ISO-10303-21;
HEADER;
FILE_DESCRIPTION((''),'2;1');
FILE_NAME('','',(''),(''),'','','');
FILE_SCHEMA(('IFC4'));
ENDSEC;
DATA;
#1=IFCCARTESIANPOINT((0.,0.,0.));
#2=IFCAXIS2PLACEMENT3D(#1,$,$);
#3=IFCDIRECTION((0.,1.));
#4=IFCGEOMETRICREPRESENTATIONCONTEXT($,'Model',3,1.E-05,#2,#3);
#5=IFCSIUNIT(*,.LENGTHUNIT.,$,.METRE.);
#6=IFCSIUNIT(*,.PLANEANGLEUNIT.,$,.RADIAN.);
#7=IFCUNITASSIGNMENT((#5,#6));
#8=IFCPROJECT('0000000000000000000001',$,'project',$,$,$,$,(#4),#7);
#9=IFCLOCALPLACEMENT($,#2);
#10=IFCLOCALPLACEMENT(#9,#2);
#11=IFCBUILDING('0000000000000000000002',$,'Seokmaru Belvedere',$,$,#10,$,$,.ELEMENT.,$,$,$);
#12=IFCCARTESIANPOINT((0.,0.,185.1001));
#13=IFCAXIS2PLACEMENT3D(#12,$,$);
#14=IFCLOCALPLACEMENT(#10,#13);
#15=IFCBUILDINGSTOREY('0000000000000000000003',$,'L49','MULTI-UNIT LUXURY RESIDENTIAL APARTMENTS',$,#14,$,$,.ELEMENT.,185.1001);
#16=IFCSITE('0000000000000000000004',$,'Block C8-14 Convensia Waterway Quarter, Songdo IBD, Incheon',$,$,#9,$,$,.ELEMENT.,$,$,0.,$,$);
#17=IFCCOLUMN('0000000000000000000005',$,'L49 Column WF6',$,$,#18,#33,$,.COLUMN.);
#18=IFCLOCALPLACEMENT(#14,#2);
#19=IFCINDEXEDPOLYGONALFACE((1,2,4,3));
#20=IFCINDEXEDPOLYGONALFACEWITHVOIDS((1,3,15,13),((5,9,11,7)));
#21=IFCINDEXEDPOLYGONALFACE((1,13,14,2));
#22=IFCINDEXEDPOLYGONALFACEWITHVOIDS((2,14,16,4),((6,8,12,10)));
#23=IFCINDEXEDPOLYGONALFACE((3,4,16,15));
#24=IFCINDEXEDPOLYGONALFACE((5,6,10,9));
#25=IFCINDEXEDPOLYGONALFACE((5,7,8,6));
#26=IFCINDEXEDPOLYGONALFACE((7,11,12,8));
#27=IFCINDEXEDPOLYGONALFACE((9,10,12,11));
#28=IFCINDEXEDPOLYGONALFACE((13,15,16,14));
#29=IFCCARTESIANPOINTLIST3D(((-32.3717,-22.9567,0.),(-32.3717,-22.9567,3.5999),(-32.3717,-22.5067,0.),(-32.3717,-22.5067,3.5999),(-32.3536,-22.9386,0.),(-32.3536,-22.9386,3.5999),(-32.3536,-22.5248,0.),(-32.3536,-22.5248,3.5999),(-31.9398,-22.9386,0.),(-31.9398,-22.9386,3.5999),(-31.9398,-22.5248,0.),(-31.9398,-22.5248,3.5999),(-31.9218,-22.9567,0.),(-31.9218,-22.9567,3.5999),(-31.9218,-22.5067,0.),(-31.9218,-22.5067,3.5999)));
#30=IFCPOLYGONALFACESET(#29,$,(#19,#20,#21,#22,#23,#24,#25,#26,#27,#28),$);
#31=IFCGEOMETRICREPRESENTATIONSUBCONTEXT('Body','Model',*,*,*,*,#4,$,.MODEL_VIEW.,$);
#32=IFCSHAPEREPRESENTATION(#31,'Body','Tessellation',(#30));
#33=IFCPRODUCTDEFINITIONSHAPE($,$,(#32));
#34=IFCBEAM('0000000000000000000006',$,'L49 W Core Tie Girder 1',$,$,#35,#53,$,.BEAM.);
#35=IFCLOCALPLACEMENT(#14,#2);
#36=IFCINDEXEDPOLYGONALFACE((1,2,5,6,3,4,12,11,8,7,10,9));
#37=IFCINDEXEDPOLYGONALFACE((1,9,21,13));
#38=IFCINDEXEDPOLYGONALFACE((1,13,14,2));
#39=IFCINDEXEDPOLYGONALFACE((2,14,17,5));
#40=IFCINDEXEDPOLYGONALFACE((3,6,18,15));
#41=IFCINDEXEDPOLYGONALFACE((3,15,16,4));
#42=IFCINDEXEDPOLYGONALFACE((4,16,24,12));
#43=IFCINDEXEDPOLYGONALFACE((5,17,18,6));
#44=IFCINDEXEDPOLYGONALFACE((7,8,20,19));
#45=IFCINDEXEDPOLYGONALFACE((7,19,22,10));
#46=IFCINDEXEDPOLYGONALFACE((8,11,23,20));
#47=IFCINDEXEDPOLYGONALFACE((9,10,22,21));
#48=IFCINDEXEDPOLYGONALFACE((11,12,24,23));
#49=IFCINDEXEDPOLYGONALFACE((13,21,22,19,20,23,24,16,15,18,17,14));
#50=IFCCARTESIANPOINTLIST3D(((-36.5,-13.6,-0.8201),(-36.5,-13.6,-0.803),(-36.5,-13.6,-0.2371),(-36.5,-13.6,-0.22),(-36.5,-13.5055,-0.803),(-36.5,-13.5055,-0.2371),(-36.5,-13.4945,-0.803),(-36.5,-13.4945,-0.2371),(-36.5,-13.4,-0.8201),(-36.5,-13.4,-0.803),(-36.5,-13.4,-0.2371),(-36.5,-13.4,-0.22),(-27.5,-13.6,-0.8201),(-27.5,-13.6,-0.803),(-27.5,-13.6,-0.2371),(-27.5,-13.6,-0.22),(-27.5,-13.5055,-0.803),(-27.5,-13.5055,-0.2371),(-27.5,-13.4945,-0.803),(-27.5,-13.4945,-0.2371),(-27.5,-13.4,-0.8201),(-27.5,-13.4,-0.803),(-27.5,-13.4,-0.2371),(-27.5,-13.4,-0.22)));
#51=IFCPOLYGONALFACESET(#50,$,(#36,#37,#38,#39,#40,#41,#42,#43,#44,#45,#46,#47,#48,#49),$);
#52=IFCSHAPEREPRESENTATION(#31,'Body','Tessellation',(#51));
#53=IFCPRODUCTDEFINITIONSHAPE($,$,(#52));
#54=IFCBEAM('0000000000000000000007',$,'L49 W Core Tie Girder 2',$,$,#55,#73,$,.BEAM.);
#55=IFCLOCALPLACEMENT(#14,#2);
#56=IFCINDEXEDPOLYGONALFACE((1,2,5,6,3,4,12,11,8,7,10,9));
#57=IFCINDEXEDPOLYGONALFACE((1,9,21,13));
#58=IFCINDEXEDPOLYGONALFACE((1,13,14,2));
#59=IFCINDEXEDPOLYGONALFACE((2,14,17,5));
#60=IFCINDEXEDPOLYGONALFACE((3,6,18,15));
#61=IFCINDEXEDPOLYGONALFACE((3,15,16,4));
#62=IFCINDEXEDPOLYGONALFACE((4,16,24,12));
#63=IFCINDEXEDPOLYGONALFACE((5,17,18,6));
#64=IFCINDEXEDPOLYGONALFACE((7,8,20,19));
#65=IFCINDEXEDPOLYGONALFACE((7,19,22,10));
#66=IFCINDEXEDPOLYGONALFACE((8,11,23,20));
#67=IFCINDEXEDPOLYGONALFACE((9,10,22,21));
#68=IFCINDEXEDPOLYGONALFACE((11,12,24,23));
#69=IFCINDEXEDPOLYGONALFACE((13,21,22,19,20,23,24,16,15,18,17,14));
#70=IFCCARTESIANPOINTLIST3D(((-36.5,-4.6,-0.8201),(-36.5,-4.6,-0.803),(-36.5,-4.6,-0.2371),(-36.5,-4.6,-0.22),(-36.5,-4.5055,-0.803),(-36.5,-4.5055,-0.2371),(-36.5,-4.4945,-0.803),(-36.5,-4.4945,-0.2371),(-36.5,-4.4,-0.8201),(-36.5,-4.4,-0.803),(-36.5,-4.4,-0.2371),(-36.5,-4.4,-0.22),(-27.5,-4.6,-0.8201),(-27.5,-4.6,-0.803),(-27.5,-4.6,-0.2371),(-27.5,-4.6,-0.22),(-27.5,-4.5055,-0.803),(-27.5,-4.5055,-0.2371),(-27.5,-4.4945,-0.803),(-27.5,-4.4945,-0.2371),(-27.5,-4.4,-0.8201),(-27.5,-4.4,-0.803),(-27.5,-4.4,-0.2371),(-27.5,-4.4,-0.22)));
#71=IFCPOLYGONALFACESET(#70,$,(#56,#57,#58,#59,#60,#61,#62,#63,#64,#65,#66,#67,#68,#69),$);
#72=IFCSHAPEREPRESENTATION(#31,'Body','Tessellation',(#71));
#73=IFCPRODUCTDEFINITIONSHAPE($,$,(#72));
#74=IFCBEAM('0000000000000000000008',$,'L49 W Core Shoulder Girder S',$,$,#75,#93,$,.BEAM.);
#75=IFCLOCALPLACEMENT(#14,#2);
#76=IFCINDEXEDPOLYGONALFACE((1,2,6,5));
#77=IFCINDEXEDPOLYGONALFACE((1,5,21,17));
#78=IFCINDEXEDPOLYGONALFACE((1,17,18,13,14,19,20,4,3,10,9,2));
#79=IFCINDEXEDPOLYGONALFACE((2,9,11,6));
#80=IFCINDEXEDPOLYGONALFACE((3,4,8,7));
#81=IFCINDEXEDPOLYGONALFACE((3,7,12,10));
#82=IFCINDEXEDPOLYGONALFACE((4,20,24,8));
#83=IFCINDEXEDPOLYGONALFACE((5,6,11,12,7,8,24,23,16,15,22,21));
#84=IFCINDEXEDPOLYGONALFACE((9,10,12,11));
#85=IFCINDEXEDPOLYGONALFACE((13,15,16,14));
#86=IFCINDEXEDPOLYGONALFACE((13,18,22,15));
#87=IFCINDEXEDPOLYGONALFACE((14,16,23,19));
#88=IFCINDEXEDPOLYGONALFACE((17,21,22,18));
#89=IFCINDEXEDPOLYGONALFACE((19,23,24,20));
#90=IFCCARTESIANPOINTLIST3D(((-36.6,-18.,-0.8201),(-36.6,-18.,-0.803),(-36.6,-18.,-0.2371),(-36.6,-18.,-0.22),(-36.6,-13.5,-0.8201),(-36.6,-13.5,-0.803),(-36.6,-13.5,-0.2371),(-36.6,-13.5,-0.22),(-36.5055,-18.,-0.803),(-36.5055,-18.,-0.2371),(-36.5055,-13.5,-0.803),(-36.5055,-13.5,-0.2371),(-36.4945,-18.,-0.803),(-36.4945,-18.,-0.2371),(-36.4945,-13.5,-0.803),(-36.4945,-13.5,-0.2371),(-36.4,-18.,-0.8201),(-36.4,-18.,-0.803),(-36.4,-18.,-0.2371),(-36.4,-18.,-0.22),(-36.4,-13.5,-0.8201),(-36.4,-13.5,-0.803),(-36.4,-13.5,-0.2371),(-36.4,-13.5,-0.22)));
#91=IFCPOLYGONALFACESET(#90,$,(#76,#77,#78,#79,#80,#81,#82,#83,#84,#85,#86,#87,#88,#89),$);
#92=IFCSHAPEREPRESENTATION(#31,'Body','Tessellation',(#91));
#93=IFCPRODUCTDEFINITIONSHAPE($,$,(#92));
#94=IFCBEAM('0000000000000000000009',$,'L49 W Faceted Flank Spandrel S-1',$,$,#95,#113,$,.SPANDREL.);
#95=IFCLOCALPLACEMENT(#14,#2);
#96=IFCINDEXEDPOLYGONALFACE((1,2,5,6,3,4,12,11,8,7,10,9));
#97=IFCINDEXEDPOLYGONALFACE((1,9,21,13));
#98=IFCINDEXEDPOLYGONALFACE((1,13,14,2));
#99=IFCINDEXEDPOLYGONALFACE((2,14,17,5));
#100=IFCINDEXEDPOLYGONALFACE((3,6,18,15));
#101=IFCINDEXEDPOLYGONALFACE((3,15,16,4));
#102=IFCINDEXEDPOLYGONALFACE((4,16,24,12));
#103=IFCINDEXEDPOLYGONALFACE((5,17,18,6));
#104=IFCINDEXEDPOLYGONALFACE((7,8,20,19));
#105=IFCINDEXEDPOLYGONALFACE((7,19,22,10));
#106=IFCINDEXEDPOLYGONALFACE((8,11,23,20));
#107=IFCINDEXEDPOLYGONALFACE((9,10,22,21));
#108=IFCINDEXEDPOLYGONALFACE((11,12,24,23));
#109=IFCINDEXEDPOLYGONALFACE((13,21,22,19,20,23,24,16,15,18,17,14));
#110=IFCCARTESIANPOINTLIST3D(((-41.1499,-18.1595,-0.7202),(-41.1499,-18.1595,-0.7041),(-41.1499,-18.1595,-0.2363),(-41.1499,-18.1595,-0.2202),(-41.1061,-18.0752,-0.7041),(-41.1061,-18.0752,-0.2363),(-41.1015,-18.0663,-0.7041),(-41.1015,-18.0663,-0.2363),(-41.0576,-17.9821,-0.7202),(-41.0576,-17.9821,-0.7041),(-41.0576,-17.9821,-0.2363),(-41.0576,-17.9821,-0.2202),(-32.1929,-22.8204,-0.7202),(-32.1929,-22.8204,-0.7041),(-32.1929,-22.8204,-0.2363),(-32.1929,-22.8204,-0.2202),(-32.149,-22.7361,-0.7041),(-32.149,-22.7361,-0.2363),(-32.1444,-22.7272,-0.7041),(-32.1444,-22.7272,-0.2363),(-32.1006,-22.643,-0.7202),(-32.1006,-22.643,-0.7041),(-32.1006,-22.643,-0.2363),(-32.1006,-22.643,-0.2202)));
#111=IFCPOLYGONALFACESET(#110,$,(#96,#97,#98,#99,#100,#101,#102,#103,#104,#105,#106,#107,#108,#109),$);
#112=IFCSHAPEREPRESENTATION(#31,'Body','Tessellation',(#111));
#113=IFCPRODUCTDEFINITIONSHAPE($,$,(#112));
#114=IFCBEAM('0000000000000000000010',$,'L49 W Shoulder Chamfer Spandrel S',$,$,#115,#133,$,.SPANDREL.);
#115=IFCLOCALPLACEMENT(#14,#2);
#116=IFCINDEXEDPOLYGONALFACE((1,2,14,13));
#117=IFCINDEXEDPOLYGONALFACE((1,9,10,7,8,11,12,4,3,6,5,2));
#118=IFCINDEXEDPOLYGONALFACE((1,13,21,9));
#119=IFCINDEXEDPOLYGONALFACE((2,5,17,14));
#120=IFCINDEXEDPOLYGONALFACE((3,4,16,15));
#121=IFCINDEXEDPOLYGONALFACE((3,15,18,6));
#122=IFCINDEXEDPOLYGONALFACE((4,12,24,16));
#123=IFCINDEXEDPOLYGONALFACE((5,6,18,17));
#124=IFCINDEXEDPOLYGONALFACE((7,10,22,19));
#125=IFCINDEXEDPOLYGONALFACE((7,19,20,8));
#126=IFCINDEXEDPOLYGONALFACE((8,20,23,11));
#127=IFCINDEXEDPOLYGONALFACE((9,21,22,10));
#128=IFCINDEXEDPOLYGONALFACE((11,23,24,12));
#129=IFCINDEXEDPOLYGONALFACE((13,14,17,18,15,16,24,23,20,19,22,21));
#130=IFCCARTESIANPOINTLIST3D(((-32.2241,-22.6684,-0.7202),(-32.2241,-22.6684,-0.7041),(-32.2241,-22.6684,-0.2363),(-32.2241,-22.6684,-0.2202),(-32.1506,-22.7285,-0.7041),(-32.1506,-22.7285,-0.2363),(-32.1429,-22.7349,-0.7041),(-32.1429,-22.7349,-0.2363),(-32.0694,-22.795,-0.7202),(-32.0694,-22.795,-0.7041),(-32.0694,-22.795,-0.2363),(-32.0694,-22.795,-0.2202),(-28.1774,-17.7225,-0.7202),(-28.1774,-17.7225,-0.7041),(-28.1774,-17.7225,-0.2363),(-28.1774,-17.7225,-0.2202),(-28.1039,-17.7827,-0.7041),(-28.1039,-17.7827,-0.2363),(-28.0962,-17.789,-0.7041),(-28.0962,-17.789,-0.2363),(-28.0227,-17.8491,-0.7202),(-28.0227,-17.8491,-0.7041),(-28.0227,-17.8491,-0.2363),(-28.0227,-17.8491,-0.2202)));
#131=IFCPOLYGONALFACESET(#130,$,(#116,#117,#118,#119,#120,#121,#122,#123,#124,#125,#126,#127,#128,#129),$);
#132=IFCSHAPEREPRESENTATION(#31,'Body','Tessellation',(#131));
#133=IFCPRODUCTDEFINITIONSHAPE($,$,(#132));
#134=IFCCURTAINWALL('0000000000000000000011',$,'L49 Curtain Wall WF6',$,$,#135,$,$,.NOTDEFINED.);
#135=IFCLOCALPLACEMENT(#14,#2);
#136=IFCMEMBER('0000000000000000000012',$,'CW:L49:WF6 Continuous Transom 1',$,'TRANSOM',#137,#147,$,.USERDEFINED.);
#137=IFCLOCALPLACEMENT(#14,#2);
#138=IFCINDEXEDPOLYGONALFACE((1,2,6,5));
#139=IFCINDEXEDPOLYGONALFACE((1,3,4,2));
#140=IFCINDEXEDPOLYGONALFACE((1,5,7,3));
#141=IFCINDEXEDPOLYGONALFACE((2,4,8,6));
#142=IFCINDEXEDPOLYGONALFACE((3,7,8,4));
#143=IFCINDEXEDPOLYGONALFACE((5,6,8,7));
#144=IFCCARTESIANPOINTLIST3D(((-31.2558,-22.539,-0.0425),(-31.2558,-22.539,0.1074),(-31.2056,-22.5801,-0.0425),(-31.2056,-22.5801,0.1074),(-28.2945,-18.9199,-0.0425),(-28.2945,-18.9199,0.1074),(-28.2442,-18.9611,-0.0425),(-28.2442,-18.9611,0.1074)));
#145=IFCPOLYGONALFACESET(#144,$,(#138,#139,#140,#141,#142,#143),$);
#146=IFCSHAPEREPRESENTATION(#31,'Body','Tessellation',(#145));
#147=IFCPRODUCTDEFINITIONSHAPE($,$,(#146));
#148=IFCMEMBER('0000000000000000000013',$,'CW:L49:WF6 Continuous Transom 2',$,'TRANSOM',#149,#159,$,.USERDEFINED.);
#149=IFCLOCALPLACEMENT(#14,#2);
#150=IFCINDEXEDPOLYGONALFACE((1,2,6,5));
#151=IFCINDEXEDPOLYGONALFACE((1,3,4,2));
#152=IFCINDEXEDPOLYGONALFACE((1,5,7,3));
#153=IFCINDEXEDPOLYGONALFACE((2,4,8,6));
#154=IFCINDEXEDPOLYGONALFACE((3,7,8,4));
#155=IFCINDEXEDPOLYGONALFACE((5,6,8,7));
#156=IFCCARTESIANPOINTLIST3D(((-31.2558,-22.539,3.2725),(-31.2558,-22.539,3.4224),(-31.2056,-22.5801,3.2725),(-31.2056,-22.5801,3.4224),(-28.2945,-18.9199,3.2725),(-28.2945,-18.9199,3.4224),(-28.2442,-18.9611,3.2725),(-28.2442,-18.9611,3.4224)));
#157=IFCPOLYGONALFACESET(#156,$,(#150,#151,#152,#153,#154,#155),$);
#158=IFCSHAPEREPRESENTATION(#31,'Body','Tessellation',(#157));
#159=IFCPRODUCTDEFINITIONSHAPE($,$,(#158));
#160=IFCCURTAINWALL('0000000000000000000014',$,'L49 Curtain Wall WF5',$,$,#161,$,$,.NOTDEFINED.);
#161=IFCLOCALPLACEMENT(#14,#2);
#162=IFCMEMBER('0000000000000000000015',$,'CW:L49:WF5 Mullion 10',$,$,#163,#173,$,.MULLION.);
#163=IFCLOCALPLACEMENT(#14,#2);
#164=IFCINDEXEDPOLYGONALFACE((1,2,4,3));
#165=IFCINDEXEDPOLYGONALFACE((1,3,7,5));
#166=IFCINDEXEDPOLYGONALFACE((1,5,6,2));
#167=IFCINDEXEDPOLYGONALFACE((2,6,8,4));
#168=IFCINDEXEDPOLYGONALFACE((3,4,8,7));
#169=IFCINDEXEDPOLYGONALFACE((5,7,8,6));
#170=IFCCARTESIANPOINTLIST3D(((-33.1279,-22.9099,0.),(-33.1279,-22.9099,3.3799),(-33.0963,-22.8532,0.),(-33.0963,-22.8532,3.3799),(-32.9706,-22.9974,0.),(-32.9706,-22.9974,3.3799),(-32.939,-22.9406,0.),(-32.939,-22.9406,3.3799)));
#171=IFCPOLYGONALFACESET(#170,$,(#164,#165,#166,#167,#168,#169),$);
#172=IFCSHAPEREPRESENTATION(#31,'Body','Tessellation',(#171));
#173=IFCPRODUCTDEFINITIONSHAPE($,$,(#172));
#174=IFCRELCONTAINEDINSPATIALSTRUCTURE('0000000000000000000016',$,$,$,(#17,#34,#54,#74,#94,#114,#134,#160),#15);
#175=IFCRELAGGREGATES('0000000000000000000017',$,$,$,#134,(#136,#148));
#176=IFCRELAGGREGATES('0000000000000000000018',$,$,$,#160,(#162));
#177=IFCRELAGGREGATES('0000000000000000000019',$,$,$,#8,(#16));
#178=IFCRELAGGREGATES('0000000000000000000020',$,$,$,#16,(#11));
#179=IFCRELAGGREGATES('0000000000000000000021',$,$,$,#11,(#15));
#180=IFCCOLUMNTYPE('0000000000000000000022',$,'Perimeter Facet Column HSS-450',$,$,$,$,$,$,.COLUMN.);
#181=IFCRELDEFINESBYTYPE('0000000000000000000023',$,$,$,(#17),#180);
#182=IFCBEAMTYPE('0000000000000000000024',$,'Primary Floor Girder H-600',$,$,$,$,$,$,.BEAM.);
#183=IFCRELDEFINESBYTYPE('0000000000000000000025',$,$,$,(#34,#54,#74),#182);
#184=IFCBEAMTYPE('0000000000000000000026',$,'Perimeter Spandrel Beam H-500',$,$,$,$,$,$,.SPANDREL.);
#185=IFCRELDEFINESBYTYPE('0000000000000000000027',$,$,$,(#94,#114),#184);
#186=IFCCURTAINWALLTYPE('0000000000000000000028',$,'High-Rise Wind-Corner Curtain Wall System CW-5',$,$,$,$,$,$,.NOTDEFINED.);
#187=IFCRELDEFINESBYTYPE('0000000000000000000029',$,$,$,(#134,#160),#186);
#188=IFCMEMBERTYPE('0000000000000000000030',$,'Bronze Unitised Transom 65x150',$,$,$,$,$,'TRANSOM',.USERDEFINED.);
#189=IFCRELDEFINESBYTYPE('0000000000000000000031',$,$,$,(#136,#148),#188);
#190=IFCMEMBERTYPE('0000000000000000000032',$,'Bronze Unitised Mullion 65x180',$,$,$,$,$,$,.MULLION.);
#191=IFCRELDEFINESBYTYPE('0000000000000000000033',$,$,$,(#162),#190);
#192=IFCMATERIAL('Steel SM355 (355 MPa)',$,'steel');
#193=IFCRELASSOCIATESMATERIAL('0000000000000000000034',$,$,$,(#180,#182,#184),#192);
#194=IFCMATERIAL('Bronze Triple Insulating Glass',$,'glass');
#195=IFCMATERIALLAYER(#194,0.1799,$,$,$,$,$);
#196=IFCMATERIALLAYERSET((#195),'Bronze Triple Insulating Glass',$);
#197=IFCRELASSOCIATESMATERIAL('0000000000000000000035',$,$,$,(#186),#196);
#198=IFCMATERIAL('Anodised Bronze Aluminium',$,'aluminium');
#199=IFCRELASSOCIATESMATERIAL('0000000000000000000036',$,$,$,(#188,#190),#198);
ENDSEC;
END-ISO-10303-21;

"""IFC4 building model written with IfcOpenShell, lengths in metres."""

from ifc_helpers import new_model, si_unit, direction, frame, origin, origin_2d, place, context, subcontext, project, spatial, rectangle, hollow_rectangle, i_section, extrude, source, transform, mapped, material, layer, layer_set, material_profile, profile_set, type_object, type_shapes, element, aggregate, save


model = new_model("IFC4")

# Units and contexts
model_context = context("Model", 3, precision=1e-05, world=origin(), true_north=direction((0.0, 1.0)))
body_context = subcontext(model_context, "Body", "Model", "MODEL_VIEW")
ifc_project = project(units=[si_unit("LENGTHUNIT", "METRE"), si_unit("PLANEANGLEUNIT", "RADIAN")], contexts=[model_context])

# Site, building, storey
site_placement = place(None, origin())
site = spatial("IfcSite", under=ifc_project, at=site_placement, Name="Block C8-14 Convensia Waterway Quarter, Songdo IBD, Incheon", CompositionType="ELEMENT", RefElevation=0.0)
building_placement = place(site_placement, origin())
building = spatial("IfcBuilding", under=site, at=building_placement, Name="Seokmaru Belvedere", CompositionType="ELEMENT")
storey_placement = place(building_placement, frame((0.0, 0.0, 185.1001)))
storey = spatial("IfcBuildingStorey", under=building, at=storey_placement, Name="L49", Description="MULTI-UNIT LUXURY RESIDENTIAL APARTMENTS", CompositionType="ELEMENT", Elevation=185.1001)

# Column
ifc_material_1 = material(Name="Steel SM355 (355 MPa)", Category="steel")
ifc_material_profile_1 = material_profile(ifc_material_1, hollow_rectangle(XDim=0.45, YDim=0.45, WallThickness=0.0181, at=origin_2d()), Name="HSS-450x450x18")
ifc_profile_set_1 = profile_set([ifc_material_profile_1], Name="Steel SM355 (355 MPa)")
column_type = type_object("IfcColumnType", Name="Perimeter Facet Column HSS-450", PredefinedType="COLUMN", material=ifc_profile_set_1)
shared_shape_1 = source(origin(), body_context, "Body", "SweptSolid", [
    extrude(hollow_rectangle(XDim=0.45, YDim=0.45, WallThickness=0.0181, at=origin_2d()), origin(), (0.0, 0.0, 1.0), 3.5999),
])
type_shapes(column_type, [shared_shape_1])
column_placement = place(storey_placement, frame((-32.1467, -22.7317, 0.0), z_axis=(0.0, 0.0, 1.0), x_axis=(1.0, 0.0, 0.0)))
element("IfcColumn", 1, at=column_placement, inside=storey, type_object=column_type, Name="L49 Column WF6", PredefinedType="COLUMN", context=body_context, shape_type="MappedRepresentation", body=[
    mapped(shared_shape_1, transform((0.0, 0.0, 0.0), scale=1.0)),
])

# Beams
ifc_material_profile_2 = material_profile(ifc_material_1, i_section(OverallWidth=0.2, OverallDepth=0.6001, WebThickness=0.011, FlangeThickness=0.0171, at=origin_2d()), Name="H-600x200x11x17")
ifc_profile_set_2 = profile_set([ifc_material_profile_2], Name="Steel SM355 (355 MPa)")
beam_type_1 = type_object("IfcBeamType", Name="Primary Floor Girder H-600", PredefinedType="BEAM", material=ifc_profile_set_2)
shared_shape_2 = source(origin(), body_context, "Body", "SweptSolid", [
    extrude(i_section(OverallWidth=0.2, OverallDepth=0.6001, WebThickness=0.011, FlangeThickness=0.0171, at=origin_2d()), origin(), (0.0, 0.0, 1.0), 9.0),
])
for number, where, z_axis, x_axis, name in (
    (2, (-36.5, -13.5, -0.52), (1.0, 0.0, 0.0), (0.0, 1.0, 0.0), "L49 W Core Tie Girder 1"),
    (3, (-36.5, -4.5, -0.52), (1.0, 0.0, 0.0), (0.0, 1.0, 0.0), "L49 W Core Tie Girder 2"),
):
    element("IfcBeam", number, at=place(storey_placement, frame(where, z_axis=z_axis, x_axis=x_axis)), inside=storey, type_object=beam_type_1, Name=name, PredefinedType="BEAM", context=body_context, shape_type="MappedRepresentation", body=[
        mapped(shared_shape_2, transform((0.0, 0.0, 0.0), scale=1.0)),
    ])
shared_shape_3 = source(origin(), body_context, "Body", "SweptSolid", [
    extrude(i_section(OverallWidth=0.2, OverallDepth=0.6001, WebThickness=0.011, FlangeThickness=0.0171, at=origin_2d()), origin(), (0.0, 0.0, 1.0), 4.5),
])
type_shapes(beam_type_1, [shared_shape_2, shared_shape_3])
beam_1_placement = place(storey_placement, frame((-36.5, -18.0, -0.52), z_axis=(0.0, 1.0, 0.0), x_axis=(-1.0, 0.0, 0.0)))
element("IfcBeam", 4, at=beam_1_placement, inside=storey, type_object=beam_type_1, Name="L49 W Core Shoulder Girder S", PredefinedType="BEAM", context=body_context, shape_type="MappedRepresentation", body=[
    mapped(shared_shape_3, transform((0.0, 0.0, 0.0), scale=1.0)),
])
ifc_material_profile_3 = material_profile(ifc_material_1, i_section(OverallWidth=0.2, OverallDepth=0.5, WebThickness=0.01, FlangeThickness=0.0161, at=origin_2d()), Name="H-500x200x10x16")
ifc_profile_set_3 = profile_set([ifc_material_profile_3], Name="Steel SM355 (355 MPa)")
beam_type_2 = type_object("IfcBeamType", Name="Perimeter Spandrel Beam H-500", PredefinedType="SPANDREL", material=ifc_profile_set_3)
shared_shape_4 = source(origin(), body_context, "Body", "SweptSolid", [
    extrude(i_section(OverallWidth=0.2, OverallDepth=0.5, WebThickness=0.01, FlangeThickness=0.0161, at=origin_2d()), origin(), (0.0, 0.0, 1.0), 10.0972),
])
beam_2_placement = place(storey_placement, frame((-32.1467, -22.7317, -0.4702), z_axis=(-0.887086, 0.461605, 0.0), x_axis=(-0.461605, -0.887086, 0.0)))
element("IfcBeam", 5, at=beam_2_placement, inside=storey, type_object=beam_type_2, Name="L49 W Faceted Flank Spandrel S-1", PredefinedType="SPANDREL", context=body_context, shape_type="MappedRepresentation", body=[
    mapped(shared_shape_4, transform((0.0, 0.0, 0.0), scale=1.0)),
])
shared_shape_5 = source(origin(), body_context, "Body", "SweptSolid", [
    extrude(i_section(OverallWidth=0.2, OverallDepth=0.5, WebThickness=0.01, FlangeThickness=0.0161, at=origin_2d()), origin(), (0.0, 0.0, 1.0), 6.3904),
])
type_shapes(beam_type_2, [shared_shape_4, shared_shape_5])
beam_3_placement = place(storey_placement, frame((-32.1467, -22.7317, -0.4702), z_axis=(0.633244, 0.773952, 0.0), x_axis=(-0.773952, 0.633244, 0.0)))
element("IfcBeam", 6, at=beam_3_placement, inside=storey, type_object=beam_type_2, Name="L49 W Shoulder Chamfer Spandrel S", PredefinedType="SPANDREL", context=body_context, shape_type="MappedRepresentation", body=[
    mapped(shared_shape_5, transform((0.0, 0.0, 0.0), scale=1.0)),
])

# Curtain wall, members
ifc_material_2 = material(Name="Bronze Triple Insulating Glass", Category="glass")
ifc_layer_1 = layer(ifc_material_2, 0.1799)
ifc_layer_set_1 = layer_set([ifc_layer_1], Name="Bronze Triple Insulating Glass")
curtain_wall_type = type_object("IfcCurtainWallType", Name="High-Rise Wind-Corner Curtain Wall System CW-5", PredefinedType="NOTDEFINED", material=ifc_layer_set_1)
curtain_wall_1_placement = place(storey_placement, origin())
curtain_wall_1 = element("IfcCurtainWall", 7, at=curtain_wall_1_placement, inside=storey, type_object=curtain_wall_type, Name="L49 Curtain Wall WF6", PredefinedType="NOTDEFINED")
ifc_material_3 = material(Name="Anodised Bronze Aluminium", Category="aluminium")
ifc_material_profile_4 = material_profile(ifc_material_3, rectangle(XDim=0.0649, YDim=0.1499, at=origin_2d()), Name="CW-T-65x150")
ifc_profile_set_4 = profile_set([ifc_material_profile_4], Name="Anodised Bronze Aluminium")
member_type_1 = type_object("IfcMemberType", Name="Bronze Unitised Transom 65x150", ElementType="TRANSOM", PredefinedType="USERDEFINED", material=ifc_profile_set_4)
shared_shape_6 = source(origin(), body_context, "Body", "SweptSolid", [
    extrude(rectangle(XDim=0.0649, YDim=0.1499, at=origin_2d()), origin(), (0.0, 0.0, 1.0), 4.6763),
])
type_shapes(member_type_1, [shared_shape_6])
member_1_placement = place(storey_placement, frame((-31.2307, -22.5596, 0.0325), z_axis=(0.633278, 0.773925, 0.0), x_axis=(-0.773925, 0.633278, 0.0)))
member_1 = element("IfcMember", 8, at=member_1_placement, type_object=member_type_1, Name="CW:L49:WF6 Continuous Transom 1", ObjectType="TRANSOM", PredefinedType="USERDEFINED", context=body_context, shape_type="MappedRepresentation", body=[
    mapped(shared_shape_6, transform((0.0, 0.0, 0.0), scale=1.0)),
])
member_2_placement = place(storey_placement, frame((-31.2307, -22.5596, 3.3474), z_axis=(0.633278, 0.773925, 0.0), x_axis=(-0.773925, 0.633278, 0.0)))
member_2 = element("IfcMember", 9, at=member_2_placement, type_object=member_type_1, Name="CW:L49:WF6 Continuous Transom 2", ObjectType="TRANSOM", PredefinedType="USERDEFINED", context=body_context, shape_type="MappedRepresentation", body=[
    mapped(shared_shape_6, transform((0.0, 0.0, 0.0), scale=1.0)),
])

# Curtain wall, member
curtain_wall_2_placement = place(storey_placement, origin())
curtain_wall_2 = element("IfcCurtainWall", 10, at=curtain_wall_2_placement, inside=storey, type_object=curtain_wall_type, Name="L49 Curtain Wall WF5", PredefinedType="NOTDEFINED")
ifc_material_profile_5 = material_profile(ifc_material_3, rectangle(XDim=0.0649, YDim=0.1799, at=origin_2d()), Name="CW-M-65x180")
ifc_profile_set_5 = profile_set([ifc_material_profile_5], Name="Anodised Bronze Aluminium")
member_type_2 = type_object("IfcMemberType", Name="Bronze Unitised Mullion 65x180", PredefinedType="MULLION", material=ifc_profile_set_5)
shared_shape_7 = source(origin(), body_context, "Body", "SweptSolid", [
    extrude(rectangle(XDim=0.0649, YDim=0.1799, at=origin_2d()), origin(), (0.0, 0.0, 1.0), 3.3799),
])
type_shapes(member_type_2, [shared_shape_7])
member_3_placement = place(storey_placement, frame((-33.0334, -22.9253, 0.0), z_axis=(0.0, 0.0, 1.0), x_axis=(0.486047, 0.873933, 0.0)))
member_3 = element("IfcMember", 11, at=member_3_placement, type_object=member_type_2, Name="CW:L49:WF5 Mullion 10", PredefinedType="MULLION", context=body_context, shape_type="MappedRepresentation", body=[
    mapped(shared_shape_7, transform((0.0, 0.0, 0.0), scale=1.0)),
])

aggregate(curtain_wall_1, [member_1, member_2])

aggregate(curtain_wall_2, [member_3])

save(model, "model.ifc")
